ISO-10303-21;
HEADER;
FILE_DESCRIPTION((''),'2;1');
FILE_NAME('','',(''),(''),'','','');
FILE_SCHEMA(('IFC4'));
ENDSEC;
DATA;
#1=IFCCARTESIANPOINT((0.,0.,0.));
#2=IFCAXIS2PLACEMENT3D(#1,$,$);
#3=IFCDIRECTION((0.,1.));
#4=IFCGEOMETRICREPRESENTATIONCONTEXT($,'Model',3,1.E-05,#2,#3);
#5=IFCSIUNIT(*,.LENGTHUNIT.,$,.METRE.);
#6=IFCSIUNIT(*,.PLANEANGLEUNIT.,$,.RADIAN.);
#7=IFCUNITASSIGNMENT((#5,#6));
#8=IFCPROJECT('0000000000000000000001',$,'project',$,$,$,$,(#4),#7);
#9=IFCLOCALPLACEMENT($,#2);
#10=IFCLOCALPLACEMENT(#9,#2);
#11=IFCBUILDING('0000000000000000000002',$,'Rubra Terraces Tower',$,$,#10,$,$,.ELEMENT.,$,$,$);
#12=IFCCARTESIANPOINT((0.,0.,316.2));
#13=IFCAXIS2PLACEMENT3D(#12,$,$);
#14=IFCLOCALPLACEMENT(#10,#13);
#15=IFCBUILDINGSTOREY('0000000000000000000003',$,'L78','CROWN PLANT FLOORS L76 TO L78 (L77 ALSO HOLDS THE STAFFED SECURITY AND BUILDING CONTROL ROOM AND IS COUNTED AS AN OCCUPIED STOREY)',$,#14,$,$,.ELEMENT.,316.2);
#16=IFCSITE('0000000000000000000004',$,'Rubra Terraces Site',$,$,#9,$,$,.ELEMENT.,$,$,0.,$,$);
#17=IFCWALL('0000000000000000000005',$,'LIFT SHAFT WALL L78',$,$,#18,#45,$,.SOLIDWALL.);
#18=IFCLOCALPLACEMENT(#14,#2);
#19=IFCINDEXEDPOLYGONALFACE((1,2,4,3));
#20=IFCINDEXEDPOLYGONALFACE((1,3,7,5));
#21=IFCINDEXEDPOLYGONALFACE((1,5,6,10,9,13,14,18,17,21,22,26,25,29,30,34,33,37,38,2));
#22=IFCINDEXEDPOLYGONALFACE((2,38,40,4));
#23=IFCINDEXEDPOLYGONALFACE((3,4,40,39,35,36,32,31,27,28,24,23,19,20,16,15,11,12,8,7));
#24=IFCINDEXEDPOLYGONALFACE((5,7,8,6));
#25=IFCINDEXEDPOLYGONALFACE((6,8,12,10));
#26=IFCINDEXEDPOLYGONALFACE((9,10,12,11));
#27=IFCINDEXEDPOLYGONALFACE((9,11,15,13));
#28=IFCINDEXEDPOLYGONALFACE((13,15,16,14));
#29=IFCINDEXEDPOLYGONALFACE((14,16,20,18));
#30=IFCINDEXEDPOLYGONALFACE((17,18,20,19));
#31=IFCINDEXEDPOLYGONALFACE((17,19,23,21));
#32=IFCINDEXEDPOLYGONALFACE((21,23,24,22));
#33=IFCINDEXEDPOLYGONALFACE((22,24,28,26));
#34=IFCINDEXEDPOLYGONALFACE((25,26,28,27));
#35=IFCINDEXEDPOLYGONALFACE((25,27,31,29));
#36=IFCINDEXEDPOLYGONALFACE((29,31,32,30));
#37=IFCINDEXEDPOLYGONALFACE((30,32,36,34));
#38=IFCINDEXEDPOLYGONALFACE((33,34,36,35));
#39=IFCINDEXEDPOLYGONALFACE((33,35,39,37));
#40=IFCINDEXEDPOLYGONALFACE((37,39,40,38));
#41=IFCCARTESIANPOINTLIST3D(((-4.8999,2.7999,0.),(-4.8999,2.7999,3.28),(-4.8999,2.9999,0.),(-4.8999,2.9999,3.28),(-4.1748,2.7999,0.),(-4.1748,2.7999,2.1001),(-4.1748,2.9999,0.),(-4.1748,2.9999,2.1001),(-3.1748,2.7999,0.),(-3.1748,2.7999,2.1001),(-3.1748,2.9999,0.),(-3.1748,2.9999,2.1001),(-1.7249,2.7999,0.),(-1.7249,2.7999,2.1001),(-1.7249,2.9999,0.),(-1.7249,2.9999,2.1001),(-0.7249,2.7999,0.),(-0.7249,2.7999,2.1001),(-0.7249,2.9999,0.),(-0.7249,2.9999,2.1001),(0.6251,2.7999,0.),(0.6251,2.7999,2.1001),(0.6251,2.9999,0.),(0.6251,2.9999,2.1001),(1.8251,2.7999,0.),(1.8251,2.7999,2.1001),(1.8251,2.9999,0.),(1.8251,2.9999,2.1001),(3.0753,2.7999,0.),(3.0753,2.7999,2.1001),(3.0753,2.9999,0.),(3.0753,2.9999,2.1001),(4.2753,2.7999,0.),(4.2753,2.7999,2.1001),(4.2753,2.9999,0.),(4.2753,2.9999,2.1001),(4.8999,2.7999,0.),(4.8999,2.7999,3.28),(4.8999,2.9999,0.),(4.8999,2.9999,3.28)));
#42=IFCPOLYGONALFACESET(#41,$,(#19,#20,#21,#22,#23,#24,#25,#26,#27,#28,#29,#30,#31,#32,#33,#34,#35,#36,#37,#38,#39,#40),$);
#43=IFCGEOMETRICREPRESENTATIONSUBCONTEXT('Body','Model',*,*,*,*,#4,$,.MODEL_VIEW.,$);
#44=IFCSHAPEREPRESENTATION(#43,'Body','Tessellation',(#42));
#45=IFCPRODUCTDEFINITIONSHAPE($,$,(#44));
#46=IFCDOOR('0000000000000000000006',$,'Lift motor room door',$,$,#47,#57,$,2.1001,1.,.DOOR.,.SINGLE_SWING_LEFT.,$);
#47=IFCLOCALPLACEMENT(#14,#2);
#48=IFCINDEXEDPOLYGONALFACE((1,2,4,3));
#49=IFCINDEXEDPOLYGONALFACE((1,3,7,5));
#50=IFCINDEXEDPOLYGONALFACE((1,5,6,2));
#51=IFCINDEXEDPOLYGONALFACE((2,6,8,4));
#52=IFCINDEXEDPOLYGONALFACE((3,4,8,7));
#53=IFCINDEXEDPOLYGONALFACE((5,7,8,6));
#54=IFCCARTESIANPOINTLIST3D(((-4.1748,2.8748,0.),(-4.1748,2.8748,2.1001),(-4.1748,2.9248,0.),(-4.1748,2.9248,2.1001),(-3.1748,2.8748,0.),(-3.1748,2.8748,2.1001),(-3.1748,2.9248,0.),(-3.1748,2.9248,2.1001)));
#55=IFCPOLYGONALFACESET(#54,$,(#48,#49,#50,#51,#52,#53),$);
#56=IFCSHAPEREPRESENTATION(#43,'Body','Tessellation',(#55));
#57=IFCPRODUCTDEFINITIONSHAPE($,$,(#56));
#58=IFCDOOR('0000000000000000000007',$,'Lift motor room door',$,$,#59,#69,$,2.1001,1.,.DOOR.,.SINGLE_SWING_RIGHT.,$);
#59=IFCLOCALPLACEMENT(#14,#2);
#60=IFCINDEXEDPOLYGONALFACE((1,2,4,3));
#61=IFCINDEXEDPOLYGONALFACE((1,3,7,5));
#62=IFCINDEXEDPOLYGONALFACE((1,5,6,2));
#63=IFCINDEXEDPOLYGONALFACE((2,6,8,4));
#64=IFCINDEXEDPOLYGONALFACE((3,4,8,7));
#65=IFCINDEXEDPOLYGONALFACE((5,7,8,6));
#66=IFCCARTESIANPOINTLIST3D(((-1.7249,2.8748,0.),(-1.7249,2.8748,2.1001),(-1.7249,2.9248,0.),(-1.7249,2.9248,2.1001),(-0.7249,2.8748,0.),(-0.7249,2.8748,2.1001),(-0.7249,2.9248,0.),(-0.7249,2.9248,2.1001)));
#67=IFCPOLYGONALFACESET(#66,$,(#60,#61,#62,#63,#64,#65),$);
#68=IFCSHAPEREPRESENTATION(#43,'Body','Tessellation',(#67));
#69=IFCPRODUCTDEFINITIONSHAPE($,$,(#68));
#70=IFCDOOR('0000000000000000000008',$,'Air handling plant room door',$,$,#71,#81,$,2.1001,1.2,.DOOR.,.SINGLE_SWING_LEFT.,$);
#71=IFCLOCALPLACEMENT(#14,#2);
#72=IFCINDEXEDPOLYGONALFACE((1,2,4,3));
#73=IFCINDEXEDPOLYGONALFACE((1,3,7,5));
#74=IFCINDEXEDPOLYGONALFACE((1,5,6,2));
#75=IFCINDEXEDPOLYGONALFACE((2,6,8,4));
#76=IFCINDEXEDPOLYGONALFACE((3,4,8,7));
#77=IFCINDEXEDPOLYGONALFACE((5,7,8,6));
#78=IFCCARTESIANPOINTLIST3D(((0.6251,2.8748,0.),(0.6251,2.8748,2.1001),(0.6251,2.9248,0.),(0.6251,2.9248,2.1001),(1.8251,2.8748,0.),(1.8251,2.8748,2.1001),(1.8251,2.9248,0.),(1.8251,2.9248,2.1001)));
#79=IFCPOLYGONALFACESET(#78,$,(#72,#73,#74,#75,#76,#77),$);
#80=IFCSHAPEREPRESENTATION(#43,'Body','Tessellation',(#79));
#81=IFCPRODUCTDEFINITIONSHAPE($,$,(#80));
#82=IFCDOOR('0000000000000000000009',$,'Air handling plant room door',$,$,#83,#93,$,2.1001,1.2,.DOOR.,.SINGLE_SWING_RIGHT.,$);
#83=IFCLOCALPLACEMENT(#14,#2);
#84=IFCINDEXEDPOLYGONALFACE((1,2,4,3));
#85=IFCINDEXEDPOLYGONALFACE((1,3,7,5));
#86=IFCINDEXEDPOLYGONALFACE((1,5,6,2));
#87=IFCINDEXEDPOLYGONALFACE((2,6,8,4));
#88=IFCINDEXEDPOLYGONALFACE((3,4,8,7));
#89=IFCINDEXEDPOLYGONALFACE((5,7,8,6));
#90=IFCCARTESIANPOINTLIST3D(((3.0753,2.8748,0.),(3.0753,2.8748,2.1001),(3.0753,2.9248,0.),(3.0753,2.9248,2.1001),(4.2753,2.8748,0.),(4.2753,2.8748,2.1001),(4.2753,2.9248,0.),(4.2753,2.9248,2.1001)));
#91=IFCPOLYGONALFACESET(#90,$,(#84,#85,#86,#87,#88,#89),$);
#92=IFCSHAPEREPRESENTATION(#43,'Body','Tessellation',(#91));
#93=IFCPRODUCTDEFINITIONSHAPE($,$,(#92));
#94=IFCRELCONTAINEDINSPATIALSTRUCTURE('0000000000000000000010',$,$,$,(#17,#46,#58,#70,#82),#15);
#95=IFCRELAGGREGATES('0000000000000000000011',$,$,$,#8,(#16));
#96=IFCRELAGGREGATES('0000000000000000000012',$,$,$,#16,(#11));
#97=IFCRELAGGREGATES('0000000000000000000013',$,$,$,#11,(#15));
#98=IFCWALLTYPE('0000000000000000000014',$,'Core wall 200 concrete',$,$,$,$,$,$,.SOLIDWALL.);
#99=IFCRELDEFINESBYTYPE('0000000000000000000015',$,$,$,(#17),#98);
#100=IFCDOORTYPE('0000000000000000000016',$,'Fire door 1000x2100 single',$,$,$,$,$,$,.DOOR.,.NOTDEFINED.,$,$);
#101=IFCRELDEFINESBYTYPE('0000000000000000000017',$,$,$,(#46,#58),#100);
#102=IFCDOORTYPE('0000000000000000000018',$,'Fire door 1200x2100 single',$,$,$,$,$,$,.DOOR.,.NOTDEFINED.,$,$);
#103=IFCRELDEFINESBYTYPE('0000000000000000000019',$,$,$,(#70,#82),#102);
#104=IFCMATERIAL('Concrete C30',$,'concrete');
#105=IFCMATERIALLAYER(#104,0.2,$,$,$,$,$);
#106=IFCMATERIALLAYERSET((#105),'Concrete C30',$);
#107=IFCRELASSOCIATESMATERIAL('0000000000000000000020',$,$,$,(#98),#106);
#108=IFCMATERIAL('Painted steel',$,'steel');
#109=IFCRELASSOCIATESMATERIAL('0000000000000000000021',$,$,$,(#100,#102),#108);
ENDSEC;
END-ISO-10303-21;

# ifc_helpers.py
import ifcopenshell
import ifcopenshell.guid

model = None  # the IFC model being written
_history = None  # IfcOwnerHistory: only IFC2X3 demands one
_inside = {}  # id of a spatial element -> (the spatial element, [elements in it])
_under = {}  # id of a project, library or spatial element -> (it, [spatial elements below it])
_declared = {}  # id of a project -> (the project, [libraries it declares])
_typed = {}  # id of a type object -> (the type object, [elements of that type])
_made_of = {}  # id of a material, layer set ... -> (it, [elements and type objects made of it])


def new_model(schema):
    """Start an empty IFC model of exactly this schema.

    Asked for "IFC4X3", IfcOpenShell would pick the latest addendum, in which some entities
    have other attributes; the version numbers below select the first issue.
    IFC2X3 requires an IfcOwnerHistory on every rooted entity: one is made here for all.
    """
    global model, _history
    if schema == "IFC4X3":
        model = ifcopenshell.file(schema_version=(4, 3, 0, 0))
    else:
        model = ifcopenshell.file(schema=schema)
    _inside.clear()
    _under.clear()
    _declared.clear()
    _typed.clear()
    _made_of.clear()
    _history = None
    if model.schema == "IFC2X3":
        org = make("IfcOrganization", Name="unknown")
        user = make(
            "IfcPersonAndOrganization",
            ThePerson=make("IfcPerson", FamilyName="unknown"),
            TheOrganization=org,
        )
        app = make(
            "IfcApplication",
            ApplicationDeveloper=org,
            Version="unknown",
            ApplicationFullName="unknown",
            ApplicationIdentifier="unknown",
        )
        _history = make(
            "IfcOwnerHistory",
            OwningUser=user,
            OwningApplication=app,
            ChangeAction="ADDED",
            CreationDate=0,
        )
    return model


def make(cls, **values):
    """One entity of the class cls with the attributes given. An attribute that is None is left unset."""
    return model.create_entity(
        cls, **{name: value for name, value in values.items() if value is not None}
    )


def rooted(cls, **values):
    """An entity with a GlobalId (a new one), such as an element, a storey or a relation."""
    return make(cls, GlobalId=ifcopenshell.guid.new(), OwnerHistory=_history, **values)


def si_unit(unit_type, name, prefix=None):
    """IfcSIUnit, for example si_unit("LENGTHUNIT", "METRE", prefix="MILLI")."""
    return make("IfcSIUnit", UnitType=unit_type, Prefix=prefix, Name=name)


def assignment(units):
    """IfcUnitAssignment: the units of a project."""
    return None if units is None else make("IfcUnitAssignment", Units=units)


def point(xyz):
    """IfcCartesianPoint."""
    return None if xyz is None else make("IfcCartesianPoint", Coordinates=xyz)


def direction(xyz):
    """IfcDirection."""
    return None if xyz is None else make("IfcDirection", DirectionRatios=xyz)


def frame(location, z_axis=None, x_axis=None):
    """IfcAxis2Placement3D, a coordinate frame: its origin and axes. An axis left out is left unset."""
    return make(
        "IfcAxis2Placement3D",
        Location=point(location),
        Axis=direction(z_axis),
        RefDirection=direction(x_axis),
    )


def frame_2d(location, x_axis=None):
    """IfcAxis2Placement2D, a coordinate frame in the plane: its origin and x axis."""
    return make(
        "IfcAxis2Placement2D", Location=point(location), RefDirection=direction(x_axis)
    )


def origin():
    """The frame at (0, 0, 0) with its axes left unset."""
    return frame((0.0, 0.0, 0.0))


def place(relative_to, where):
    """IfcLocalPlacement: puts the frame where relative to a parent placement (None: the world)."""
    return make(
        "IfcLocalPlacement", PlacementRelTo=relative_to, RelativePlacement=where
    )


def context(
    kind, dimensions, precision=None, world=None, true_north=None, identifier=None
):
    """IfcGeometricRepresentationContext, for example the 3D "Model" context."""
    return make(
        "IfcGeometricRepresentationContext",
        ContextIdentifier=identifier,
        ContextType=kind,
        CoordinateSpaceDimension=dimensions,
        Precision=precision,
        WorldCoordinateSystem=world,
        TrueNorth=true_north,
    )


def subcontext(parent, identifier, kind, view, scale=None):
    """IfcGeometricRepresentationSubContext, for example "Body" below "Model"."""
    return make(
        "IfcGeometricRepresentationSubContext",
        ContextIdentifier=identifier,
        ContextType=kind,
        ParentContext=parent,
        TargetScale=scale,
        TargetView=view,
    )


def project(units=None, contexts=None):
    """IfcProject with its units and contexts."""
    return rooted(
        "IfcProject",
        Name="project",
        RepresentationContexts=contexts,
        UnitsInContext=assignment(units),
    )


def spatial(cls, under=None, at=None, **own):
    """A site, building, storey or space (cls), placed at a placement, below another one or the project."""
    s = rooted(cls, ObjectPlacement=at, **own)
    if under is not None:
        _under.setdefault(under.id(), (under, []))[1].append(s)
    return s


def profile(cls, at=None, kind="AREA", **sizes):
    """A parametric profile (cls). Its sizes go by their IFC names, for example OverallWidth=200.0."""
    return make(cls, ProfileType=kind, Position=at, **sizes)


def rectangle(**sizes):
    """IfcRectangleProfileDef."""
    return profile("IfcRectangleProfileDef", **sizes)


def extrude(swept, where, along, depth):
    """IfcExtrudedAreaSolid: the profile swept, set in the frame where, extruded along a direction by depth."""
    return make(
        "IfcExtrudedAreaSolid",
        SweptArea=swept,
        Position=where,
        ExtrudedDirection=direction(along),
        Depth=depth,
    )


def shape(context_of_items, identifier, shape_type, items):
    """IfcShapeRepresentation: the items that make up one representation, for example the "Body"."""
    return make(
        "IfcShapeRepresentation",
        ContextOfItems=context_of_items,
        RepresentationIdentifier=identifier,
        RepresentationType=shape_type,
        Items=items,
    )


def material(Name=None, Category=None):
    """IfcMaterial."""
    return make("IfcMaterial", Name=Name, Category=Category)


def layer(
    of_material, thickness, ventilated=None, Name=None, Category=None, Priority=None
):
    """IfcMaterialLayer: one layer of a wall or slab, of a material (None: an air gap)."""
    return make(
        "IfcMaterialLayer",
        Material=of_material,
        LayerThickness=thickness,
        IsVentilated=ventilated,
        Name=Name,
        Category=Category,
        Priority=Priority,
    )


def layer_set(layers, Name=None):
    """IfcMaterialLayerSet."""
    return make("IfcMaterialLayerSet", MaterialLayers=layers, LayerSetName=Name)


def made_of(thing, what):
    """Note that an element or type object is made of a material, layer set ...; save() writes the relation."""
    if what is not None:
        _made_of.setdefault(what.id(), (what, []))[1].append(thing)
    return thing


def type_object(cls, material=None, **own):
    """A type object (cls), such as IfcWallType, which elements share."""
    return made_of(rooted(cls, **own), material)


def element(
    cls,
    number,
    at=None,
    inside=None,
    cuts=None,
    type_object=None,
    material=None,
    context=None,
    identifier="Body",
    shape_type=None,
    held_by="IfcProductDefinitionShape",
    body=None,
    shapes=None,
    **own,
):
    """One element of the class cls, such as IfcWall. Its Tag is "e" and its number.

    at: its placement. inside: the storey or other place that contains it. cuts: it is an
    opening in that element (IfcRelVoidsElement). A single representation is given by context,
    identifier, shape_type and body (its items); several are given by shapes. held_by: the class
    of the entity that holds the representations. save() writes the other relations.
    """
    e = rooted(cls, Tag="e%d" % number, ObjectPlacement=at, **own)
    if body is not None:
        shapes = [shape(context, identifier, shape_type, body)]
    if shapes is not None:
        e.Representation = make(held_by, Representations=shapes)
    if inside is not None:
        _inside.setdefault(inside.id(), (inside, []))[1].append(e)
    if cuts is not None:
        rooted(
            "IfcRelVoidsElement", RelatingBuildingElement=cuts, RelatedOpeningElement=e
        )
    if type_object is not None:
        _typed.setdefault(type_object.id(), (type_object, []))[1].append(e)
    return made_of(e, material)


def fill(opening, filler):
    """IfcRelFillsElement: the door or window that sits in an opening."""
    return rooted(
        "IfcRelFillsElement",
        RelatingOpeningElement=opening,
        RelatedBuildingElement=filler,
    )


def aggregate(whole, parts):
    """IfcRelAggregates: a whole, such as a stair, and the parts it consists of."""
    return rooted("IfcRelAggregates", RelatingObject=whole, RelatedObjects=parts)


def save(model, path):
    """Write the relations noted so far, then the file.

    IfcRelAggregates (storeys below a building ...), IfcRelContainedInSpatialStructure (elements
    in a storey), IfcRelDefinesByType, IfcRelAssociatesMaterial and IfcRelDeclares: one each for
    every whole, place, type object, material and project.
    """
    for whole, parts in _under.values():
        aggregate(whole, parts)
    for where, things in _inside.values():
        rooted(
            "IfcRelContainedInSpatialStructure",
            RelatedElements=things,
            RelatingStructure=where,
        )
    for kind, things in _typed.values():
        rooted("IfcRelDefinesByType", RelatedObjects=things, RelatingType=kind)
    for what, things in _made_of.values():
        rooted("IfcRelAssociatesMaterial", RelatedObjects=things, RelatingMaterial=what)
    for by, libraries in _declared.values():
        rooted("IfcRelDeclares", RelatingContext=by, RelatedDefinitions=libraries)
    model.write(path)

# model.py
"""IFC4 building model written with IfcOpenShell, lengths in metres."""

from ifc_helpers import new_model, si_unit, direction, frame, frame_2d, origin, place, context, subcontext, project, spatial, rectangle, extrude, material, layer, layer_set, type_object, element, fill, save


model = new_model("IFC4")

# Units and contexts
model_context = context("Model", 3, precision=1e-05, world=origin(), true_north=direction((0.0, 1.0)))
body_context = subcontext(model_context, "Body", "Model", "MODEL_VIEW")
ifc_project = project(units=[si_unit("LENGTHUNIT", "METRE"), si_unit("PLANEANGLEUNIT", "RADIAN")], contexts=[model_context])

# Site, building, storey
site_placement = place(None, origin())
site = spatial("IfcSite", under=ifc_project, at=site_placement, Name="Rubra Terraces Site", CompositionType="ELEMENT", RefElevation=0.0)
building_placement = place(site_placement, origin())
building = spatial("IfcBuilding", under=site, at=building_placement, Name="Rubra Terraces Tower", CompositionType="ELEMENT")
storey_placement = place(building_placement, frame((0.0, 0.0, 316.2)))
storey = spatial("IfcBuildingStorey", under=building, at=storey_placement, Name="L78", Description="CROWN PLANT FLOORS L76 TO L78 (L77 ALSO HOLDS THE STAFFED SECURITY AND BUILDING CONTROL ROOM AND IS COUNTED AS AN OCCUPIED STOREY)", CompositionType="ELEMENT", Elevation=316.2)

# Shared definitions
ifc_material_1 = material(Name="Concrete C30", Category="concrete")
ifc_layer_1 = layer(ifc_material_1, 0.2)
ifc_layer_set_1 = layer_set([ifc_layer_1], Name="Concrete C30")
wall_type_1 = type_object("IfcWallType", Name="Core wall 200 concrete", PredefinedType="SOLIDWALL", material=ifc_layer_set_1)

# Wall, openings, doors
wall_1_placement = place(storey_placement, frame((-4.8999, 2.8999, 0.0), z_axis=(0.0, 0.0, 1.0), x_axis=(1.0, 0.0, 0.0)))
wall_1 = element("IfcWall", 1, at=wall_1_placement, inside=storey, type_object=wall_type_1, Name="LIFT SHAFT WALL L78", PredefinedType="SOLIDWALL", context=body_context, shape_type="SweptSolid", body=[
    extrude(rectangle(XDim=9.7998, YDim=0.2, at=frame_2d((4.8999, 0.0))), origin(), (0.0, 0.0, 1.0), 3.28),
])
opening_1_placement = place(wall_1_placement, frame((0.7251, 0.0, 0.0)))
opening_1 = element("IfcOpeningElement", 2, at=opening_1_placement, cuts=wall_1, PredefinedType="OPENING", context=body_context, shape_type="SweptSolid", body=[
    extrude(rectangle(XDim=1.0, YDim=2.1001, at=frame_2d((0.5, 1.05))), frame((0.0, 0.1099, 0.0), z_axis=(0.0, -1.0, 0.0), x_axis=(1.0, 0.0, 0.0)), (0.0, 0.0, 1.0), 0.22),
])
opening_2_placement = place(wall_1_placement, frame((3.175, 0.0, 0.0)))
opening_2 = element("IfcOpeningElement", 3, at=opening_2_placement, cuts=wall_1, PredefinedType="OPENING", context=body_context, shape_type="SweptSolid", body=[
    extrude(rectangle(XDim=1.0, YDim=2.1001, at=frame_2d((0.5, 1.05))), frame((0.0, 0.1099, 0.0), z_axis=(0.0, -1.0, 0.0), x_axis=(1.0, 0.0, 0.0)), (0.0, 0.0, 1.0), 0.22),
])
opening_3_placement = place(wall_1_placement, frame((5.5249, 0.0, 0.0)))
opening_3 = element("IfcOpeningElement", 4, at=opening_3_placement, cuts=wall_1, PredefinedType="OPENING", context=body_context, shape_type="SweptSolid", body=[
    extrude(rectangle(XDim=1.2, YDim=2.1001, at=frame_2d((0.6001, 1.05))), frame((0.0, 0.1099, 0.0), z_axis=(0.0, -1.0, 0.0), x_axis=(1.0, 0.0, 0.0)), (0.0, 0.0, 1.0), 0.22),
])
opening_4_placement = place(wall_1_placement, frame((7.9751, 0.0, 0.0)))
opening_4 = element("IfcOpeningElement", 5, at=opening_4_placement, cuts=wall_1, PredefinedType="OPENING", context=body_context, shape_type="SweptSolid", body=[
    extrude(rectangle(XDim=1.2, YDim=2.1001, at=frame_2d((0.6001, 1.05))), frame((0.0, 0.1099, 0.0), z_axis=(0.0, -1.0, 0.0), x_axis=(1.0, 0.0, 0.0)), (0.0, 0.0, 1.0), 0.22),
])
ifc_material_2 = material(Name="Painted steel", Category="steel")
door_type_1 = type_object("IfcDoorType", Name="Fire door 1000x2100 single", OperationType="NOTDEFINED", PredefinedType="DOOR", material=ifc_material_2)
door_1_placement = place(opening_1_placement, origin())
door_1 = element("IfcDoor", 6, at=door_1_placement, inside=storey, type_object=door_type_1, Name="Lift motor room door", OperationType="SINGLE_SWING_LEFT", OverallHeight=2.1001, OverallWidth=1.0, PredefinedType="DOOR", context=body_context, shape_type="SweptSolid", body=[
    extrude(rectangle(XDim=1.0, YDim=2.1001, at=frame_2d((0.5, 1.05))), frame((0.0, 0.0249, 0.0), z_axis=(0.0, -1.0, 0.0), x_axis=(1.0, 0.0, 0.0)), (0.0, 0.0, 1.0), 0.05),
])
fill(opening_1, door_1)
door_2_placement = place(opening_2_placement, origin())
door_2 = element("IfcDoor", 7, at=door_2_placement, inside=storey, type_object=door_type_1, Name="Lift motor room door", OperationType="SINGLE_SWING_RIGHT", OverallHeight=2.1001, OverallWidth=1.0, PredefinedType="DOOR", context=body_context, shape_type="SweptSolid", body=[
    extrude(rectangle(XDim=1.0, YDim=2.1001, at=frame_2d((0.5, 1.05))), frame((0.0, 0.0249, 0.0), z_axis=(0.0, -1.0, 0.0), x_axis=(1.0, 0.0, 0.0)), (0.0, 0.0, 1.0), 0.05),
])
fill(opening_2, door_2)
door_type_2 = type_object("IfcDoorType", Name="Fire door 1200x2100 single", OperationType="NOTDEFINED", PredefinedType="DOOR", material=ifc_material_2)
door_3_placement = place(opening_3_placement, origin())
door_3 = element("IfcDoor", 8, at=door_3_placement, inside=storey, type_object=door_type_2, Name="Air handling plant room door", OperationType="SINGLE_SWING_LEFT", OverallHeight=2.1001, OverallWidth=1.2, PredefinedType="DOOR", context=body_context, shape_type="SweptSolid", body=[
    extrude(rectangle(XDim=1.2, YDim=2.1001, at=frame_2d((0.6001, 1.05))), frame((0.0, 0.0249, 0.0), z_axis=(0.0, -1.0, 0.0), x_axis=(1.0, 0.0, 0.0)), (0.0, 0.0, 1.0), 0.05),
])
fill(opening_3, door_3)
door_4_placement = place(opening_4_placement, origin())
door_4 = element("IfcDoor", 9, at=door_4_placement, inside=storey, type_object=door_type_2, Name="Air handling plant room door", OperationType="SINGLE_SWING_RIGHT", OverallHeight=2.1001, OverallWidth=1.2, PredefinedType="DOOR", context=body_context, shape_type="SweptSolid", body=[
    extrude(rectangle(XDim=1.2, YDim=2.1001, at=frame_2d((0.6001, 1.05))), frame((0.0, 0.0249, 0.0), z_axis=(0.0, -1.0, 0.0), x_axis=(1.0, 0.0, 0.0)), (0.0, 0.0, 1.0), 0.05),
])
fill(opening_4, door_4)

save(model, "model.ifc")
